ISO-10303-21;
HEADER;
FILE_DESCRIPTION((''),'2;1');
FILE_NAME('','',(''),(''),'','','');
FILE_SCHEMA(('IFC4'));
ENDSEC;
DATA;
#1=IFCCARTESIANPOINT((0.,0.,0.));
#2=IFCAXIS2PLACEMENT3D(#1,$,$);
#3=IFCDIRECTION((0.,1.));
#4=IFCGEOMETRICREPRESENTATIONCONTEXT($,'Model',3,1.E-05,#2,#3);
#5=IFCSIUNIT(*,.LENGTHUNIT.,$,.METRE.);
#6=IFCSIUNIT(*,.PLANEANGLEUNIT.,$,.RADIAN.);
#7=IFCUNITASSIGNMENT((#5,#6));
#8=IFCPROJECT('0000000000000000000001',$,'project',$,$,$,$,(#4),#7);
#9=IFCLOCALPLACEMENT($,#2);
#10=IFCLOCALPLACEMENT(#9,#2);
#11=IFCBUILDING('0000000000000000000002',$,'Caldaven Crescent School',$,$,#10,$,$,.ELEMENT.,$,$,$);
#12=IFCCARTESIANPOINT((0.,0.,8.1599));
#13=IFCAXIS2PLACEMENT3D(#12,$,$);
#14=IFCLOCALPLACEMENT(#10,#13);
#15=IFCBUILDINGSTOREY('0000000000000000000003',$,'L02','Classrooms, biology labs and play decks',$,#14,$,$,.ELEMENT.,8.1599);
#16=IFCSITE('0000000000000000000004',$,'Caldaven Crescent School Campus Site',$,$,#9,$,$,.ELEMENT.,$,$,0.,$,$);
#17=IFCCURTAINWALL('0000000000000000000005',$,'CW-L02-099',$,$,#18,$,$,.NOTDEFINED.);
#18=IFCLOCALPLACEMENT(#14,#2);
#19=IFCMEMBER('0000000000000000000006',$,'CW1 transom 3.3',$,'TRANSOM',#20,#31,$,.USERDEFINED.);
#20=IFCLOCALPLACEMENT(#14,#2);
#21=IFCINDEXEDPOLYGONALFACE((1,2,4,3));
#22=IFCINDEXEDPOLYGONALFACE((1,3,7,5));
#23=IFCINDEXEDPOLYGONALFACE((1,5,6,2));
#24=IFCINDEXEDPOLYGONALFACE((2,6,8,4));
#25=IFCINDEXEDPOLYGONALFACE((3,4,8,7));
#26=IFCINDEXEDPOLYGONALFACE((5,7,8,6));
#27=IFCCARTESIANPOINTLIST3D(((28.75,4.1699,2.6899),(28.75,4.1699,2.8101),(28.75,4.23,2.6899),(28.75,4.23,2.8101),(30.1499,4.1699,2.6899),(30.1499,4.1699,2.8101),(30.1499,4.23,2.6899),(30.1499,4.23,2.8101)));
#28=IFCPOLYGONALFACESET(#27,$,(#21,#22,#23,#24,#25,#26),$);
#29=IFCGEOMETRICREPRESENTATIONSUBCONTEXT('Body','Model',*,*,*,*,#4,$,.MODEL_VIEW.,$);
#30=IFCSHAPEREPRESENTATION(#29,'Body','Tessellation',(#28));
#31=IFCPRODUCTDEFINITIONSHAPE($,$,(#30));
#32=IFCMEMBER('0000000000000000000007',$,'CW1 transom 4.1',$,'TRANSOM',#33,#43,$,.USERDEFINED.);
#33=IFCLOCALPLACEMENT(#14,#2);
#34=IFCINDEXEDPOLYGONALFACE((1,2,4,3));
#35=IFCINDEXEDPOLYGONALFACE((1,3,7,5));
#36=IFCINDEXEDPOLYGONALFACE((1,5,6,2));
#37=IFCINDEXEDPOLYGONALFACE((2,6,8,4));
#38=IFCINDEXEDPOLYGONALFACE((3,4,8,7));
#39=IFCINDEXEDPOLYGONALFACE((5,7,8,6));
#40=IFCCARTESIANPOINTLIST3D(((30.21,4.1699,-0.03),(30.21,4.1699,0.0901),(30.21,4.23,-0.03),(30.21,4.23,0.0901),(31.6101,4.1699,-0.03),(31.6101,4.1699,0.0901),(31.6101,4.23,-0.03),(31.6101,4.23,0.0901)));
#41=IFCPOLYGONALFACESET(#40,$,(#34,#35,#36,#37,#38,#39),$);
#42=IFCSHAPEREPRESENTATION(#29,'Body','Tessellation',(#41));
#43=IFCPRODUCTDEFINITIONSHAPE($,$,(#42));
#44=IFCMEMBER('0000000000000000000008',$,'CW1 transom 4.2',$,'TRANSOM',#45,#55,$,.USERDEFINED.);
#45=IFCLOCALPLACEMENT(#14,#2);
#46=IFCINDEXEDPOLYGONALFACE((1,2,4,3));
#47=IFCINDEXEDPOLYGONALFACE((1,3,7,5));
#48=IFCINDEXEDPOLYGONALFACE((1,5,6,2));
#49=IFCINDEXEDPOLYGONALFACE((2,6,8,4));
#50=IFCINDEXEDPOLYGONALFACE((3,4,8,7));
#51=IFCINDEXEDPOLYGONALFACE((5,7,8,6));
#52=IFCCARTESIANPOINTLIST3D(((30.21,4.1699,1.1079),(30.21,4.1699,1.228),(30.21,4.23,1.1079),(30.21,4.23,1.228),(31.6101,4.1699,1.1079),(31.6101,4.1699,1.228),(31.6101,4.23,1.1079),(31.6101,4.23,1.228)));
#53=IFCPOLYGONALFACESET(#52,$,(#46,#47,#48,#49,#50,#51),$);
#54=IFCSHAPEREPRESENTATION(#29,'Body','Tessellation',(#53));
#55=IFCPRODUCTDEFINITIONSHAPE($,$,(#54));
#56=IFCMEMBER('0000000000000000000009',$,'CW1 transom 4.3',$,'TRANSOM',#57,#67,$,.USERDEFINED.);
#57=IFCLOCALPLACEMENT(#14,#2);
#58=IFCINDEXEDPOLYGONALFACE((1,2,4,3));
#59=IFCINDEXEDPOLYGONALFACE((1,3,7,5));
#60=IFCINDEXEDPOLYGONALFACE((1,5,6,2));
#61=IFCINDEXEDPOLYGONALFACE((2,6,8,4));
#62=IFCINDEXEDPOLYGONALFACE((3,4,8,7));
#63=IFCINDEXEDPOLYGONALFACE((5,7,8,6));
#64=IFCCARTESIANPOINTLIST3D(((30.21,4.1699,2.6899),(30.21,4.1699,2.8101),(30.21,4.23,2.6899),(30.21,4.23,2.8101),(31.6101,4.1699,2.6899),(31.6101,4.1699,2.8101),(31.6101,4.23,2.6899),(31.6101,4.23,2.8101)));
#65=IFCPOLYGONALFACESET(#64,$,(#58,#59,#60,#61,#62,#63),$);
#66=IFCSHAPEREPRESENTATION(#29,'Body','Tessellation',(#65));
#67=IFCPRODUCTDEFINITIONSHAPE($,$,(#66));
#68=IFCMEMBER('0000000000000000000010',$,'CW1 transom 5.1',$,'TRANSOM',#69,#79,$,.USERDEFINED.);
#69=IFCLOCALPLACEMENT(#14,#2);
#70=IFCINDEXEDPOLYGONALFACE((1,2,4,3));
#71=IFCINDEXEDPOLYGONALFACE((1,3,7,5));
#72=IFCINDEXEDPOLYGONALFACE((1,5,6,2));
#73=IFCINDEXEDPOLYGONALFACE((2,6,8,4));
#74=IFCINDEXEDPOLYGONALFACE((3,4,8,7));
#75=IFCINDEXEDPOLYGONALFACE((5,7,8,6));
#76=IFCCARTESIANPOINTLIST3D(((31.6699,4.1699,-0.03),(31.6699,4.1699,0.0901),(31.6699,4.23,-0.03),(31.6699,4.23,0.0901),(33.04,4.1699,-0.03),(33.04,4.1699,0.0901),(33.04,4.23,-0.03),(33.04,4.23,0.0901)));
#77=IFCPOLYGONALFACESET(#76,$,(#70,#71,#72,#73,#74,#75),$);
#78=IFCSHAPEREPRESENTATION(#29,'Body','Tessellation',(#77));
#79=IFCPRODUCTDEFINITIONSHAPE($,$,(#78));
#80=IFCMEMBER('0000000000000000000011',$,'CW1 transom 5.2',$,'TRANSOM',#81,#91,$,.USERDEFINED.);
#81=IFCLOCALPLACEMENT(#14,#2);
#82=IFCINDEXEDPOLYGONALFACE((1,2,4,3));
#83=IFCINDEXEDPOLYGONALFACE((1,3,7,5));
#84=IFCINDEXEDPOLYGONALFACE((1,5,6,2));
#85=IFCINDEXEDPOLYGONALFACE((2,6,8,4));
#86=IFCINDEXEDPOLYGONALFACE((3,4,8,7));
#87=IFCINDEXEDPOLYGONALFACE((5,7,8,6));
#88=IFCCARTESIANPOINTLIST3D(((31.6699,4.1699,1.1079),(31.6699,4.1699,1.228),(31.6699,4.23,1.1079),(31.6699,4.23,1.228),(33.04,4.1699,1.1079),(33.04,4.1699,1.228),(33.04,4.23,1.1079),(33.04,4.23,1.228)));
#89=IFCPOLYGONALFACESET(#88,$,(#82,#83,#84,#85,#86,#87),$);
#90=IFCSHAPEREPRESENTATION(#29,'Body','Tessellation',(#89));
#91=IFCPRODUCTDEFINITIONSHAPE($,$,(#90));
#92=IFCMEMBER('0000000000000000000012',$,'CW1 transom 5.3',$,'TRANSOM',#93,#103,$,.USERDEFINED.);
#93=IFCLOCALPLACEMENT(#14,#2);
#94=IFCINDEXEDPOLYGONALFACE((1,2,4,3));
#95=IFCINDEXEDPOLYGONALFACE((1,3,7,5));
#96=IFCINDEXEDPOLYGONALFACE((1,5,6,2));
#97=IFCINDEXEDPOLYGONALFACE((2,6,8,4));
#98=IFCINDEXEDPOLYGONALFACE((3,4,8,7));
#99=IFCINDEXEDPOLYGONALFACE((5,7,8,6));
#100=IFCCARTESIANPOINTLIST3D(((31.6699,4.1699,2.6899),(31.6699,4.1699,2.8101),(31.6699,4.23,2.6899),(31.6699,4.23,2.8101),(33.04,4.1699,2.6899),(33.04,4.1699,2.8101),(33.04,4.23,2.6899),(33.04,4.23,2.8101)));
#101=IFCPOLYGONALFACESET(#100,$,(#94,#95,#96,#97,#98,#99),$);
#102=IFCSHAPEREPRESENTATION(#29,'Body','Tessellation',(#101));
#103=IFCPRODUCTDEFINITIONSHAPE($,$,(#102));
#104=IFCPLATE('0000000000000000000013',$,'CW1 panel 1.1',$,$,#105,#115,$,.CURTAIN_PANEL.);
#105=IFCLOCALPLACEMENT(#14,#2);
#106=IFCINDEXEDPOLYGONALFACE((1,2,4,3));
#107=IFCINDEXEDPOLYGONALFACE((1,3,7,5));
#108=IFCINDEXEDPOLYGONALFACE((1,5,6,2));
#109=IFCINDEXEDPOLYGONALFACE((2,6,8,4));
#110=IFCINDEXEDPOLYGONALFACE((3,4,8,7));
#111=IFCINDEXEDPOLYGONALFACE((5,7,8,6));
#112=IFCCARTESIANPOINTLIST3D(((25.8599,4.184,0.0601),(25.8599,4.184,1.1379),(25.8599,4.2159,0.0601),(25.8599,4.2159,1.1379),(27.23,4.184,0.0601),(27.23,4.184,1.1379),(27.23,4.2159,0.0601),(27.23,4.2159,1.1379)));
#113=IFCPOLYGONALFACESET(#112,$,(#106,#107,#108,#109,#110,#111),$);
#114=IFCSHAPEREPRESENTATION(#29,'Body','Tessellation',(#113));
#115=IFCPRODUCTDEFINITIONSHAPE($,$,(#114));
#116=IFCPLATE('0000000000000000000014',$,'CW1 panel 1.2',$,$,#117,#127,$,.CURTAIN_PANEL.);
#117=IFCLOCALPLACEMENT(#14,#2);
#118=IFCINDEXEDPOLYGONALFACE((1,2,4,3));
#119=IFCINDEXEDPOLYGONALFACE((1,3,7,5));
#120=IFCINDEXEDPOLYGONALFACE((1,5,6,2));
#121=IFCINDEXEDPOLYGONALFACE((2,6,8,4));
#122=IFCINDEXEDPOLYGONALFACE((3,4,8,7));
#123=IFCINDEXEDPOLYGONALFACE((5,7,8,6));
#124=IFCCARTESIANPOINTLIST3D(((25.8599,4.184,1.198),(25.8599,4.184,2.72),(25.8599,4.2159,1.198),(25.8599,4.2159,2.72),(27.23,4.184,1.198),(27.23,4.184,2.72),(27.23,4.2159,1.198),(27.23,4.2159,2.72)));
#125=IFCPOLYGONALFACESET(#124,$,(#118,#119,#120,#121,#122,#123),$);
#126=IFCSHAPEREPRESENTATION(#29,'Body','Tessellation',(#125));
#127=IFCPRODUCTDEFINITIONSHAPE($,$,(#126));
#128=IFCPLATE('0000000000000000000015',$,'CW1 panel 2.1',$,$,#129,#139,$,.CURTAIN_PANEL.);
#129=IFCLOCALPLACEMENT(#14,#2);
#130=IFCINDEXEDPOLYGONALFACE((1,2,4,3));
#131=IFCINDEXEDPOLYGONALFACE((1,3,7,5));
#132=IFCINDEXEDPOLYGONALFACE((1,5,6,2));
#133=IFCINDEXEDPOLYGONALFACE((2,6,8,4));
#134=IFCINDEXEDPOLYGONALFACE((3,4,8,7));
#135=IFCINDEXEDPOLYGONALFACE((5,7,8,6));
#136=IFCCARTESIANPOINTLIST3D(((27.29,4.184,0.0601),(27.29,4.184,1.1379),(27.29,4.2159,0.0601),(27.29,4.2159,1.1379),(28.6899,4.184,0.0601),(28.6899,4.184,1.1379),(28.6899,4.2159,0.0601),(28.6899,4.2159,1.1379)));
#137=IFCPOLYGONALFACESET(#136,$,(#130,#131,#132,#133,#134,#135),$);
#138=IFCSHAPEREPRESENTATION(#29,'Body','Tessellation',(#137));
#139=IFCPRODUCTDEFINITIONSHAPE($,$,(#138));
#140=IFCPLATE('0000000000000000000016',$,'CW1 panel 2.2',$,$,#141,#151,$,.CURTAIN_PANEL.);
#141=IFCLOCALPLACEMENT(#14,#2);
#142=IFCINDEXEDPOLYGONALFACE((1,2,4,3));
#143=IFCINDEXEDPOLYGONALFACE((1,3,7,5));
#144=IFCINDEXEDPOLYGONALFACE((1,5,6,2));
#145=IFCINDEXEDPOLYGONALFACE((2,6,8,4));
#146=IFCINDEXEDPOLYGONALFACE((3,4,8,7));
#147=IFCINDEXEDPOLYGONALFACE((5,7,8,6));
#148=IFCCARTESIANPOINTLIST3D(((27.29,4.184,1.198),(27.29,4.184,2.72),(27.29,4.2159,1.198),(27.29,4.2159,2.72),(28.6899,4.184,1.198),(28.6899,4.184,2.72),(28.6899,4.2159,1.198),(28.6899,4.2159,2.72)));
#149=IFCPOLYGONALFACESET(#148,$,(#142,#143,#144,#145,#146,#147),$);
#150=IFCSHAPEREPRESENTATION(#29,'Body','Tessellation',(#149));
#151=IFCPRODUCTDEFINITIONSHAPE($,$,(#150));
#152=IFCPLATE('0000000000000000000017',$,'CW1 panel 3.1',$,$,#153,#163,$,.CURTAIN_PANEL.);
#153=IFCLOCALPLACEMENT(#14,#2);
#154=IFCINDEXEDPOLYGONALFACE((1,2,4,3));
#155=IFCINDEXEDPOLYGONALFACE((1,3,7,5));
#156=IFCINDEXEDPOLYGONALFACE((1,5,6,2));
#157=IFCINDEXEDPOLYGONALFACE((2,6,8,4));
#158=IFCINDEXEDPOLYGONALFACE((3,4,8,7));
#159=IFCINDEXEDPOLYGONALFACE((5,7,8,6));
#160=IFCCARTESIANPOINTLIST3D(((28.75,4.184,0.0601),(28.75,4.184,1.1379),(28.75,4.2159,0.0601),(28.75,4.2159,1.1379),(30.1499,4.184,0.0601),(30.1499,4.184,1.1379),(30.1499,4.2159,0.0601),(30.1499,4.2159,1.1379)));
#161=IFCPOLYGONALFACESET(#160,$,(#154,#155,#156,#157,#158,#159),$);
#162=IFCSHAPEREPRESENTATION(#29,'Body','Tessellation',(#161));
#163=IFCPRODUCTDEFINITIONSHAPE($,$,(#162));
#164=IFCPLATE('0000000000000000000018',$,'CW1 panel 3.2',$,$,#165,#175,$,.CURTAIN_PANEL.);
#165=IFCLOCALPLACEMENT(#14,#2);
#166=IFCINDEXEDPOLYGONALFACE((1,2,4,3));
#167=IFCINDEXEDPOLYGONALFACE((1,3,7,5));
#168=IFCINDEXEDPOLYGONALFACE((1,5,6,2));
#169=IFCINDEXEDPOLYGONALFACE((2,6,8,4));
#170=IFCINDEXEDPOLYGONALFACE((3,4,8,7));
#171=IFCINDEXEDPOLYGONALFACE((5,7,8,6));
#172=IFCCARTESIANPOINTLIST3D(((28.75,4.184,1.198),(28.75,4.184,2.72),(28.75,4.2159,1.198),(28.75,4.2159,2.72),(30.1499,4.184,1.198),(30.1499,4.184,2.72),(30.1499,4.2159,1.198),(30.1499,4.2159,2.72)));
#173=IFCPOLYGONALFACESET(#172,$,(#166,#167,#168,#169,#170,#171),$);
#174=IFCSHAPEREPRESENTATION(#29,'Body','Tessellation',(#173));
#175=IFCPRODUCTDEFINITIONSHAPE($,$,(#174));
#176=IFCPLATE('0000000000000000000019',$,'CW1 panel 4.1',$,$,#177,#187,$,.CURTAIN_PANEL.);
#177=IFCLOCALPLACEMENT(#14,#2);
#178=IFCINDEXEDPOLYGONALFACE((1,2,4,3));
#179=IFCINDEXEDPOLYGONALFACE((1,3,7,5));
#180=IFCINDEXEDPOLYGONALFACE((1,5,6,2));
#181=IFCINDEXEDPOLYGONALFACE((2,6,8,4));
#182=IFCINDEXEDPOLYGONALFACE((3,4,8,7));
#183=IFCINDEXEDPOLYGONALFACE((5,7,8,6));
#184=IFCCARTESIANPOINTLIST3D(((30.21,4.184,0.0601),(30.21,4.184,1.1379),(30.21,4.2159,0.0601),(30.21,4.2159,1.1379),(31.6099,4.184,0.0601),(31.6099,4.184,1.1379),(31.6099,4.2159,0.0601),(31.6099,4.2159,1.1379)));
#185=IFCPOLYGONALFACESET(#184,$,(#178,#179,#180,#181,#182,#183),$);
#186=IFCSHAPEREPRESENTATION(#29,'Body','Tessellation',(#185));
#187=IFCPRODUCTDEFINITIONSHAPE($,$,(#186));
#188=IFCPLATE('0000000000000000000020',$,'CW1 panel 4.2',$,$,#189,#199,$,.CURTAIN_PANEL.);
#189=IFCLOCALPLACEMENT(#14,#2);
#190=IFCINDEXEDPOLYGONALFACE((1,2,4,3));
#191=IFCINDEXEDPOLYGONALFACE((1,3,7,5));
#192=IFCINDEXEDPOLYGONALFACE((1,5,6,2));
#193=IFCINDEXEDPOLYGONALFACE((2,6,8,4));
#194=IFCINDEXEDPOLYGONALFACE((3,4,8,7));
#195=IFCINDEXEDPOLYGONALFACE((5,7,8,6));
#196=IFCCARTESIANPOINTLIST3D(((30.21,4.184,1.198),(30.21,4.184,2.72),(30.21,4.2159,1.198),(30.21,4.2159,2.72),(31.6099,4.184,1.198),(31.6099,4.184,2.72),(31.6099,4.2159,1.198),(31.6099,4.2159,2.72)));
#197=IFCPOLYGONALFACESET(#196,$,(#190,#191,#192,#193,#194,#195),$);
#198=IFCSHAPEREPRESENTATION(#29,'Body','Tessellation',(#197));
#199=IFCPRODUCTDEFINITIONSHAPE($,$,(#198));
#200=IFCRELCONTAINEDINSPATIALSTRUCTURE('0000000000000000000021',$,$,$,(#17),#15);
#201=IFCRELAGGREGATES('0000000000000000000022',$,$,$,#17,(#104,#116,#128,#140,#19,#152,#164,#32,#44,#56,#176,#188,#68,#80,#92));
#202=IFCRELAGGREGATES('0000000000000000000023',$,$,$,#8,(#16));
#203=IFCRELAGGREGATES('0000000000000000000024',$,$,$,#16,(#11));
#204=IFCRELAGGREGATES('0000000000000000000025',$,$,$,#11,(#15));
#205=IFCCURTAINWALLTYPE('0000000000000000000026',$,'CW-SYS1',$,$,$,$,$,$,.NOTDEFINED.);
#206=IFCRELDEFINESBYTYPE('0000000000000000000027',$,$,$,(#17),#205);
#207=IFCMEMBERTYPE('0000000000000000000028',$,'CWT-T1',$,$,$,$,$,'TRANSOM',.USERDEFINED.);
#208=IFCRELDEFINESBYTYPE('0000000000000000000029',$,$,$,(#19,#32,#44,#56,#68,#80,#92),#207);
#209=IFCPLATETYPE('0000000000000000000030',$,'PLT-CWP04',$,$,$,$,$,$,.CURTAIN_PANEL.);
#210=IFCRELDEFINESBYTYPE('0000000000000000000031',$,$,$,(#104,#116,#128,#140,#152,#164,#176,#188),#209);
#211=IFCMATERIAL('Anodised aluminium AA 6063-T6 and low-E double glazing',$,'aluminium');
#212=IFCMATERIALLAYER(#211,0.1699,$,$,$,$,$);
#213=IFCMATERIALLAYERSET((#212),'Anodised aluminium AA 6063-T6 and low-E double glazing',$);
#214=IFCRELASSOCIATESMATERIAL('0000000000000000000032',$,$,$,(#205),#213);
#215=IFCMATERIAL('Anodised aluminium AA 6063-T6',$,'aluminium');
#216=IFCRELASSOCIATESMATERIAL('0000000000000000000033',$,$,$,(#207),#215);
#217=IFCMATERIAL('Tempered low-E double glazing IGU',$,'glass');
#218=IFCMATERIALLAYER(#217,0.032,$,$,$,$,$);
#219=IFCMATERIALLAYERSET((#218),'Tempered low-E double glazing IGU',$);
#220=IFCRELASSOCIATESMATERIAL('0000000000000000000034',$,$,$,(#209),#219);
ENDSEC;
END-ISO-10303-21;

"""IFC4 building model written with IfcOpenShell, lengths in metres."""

from ifc_helpers import new_model, si_unit, direction, frame, origin, origin_2d, place, context, subcontext, project, spatial, rectangle, extrude, material, layer, layer_set, material_profile, profile_set, type_object, element, aggregate, save


model = new_model("IFC4")

# Units and contexts
model_context = context("Model", 3, precision=1e-05, world=origin(), true_north=direction((0.0, 1.0)))
body_context = subcontext(model_context, "Body", "Model", "MODEL_VIEW")
ifc_project = project(units=[si_unit("LENGTHUNIT", "METRE"), si_unit("PLANEANGLEUNIT", "RADIAN")], contexts=[model_context])

# Site, building, storey
site_placement = place(None, origin())
site = spatial("IfcSite", under=ifc_project, at=site_placement, Name="Caldaven Crescent School Campus Site", CompositionType="ELEMENT", RefElevation=0.0)
building_placement = place(site_placement, origin())
building = spatial("IfcBuilding", under=site, at=building_placement, Name="Caldaven Crescent School", CompositionType="ELEMENT")
storey_placement = place(building_placement, frame((0.0, 0.0, 8.1599)))
storey = spatial("IfcBuildingStorey", under=building, at=storey_placement, Name="L02", Description="Classrooms, biology labs and play decks", CompositionType="ELEMENT", Elevation=8.1599)

# Curtain wall, members, plates
ifc_material_1 = material(Name="Anodised aluminium AA 6063-T6 and low-E double glazing", Category="aluminium")
ifc_layer_1 = layer(ifc_material_1, 0.1699)
ifc_layer_set_1 = layer_set([ifc_layer_1], Name="Anodised aluminium AA 6063-T6 and low-E double glazing")
curtain_wall_type = type_object("IfcCurtainWallType", Name="CW-SYS1", PredefinedType="NOTDEFINED", material=ifc_layer_set_1)
curtain_wall_placement = place(storey_placement, origin())
curtain_wall = element("IfcCurtainWall", 1, at=curtain_wall_placement, inside=storey, type_object=curtain_wall_type, Name="CW-L02-099", PredefinedType="NOTDEFINED")
ifc_material_2 = material(Name="Anodised aluminium AA 6063-T6", Category="aluminium")
ifc_material_profile_1 = material_profile(ifc_material_2, rectangle(XDim=0.0601, YDim=0.1201, at=origin_2d()), Name="CWT 60x120")
ifc_profile_set_1 = profile_set([ifc_material_profile_1], Name="Anodised aluminium AA 6063-T6")
member_type_1 = type_object("IfcMemberType", Name="CWT-T1", ElementType="TRANSOM", PredefinedType="USERDEFINED", material=ifc_profile_set_1)
member_1_placement = place(storey_placement, frame((28.75, 4.2, 2.75), z_axis=(1.0, 0.0, 0.0), x_axis=(0.0, 1.0, 0.0)))
member_1 = element("IfcMember", 2, at=member_1_placement, type_object=member_type_1, Name="CW1 transom 3.3", ObjectType="TRANSOM", PredefinedType="USERDEFINED", context=body_context, shape_type="SweptSolid", body=[
    extrude(rectangle(XDim=0.0601, YDim=0.1201, at=origin_2d()), origin(), (0.0, 0.0, 1.0), 1.3999),
])
member_2_placement = place(storey_placement, frame((30.21, 4.2, 0.03), z_axis=(1.0, 0.0, 0.0), x_axis=(0.0, 1.0, 0.0)))
member_2 = element("IfcMember", 3, at=member_2_placement, type_object=member_type_1, Name="CW1 transom 4.1", ObjectType="TRANSOM", PredefinedType="USERDEFINED", context=body_context, shape_type="SweptSolid", body=[
    extrude(rectangle(XDim=0.0601, YDim=0.1201, at=origin_2d()), origin(), (0.0, 0.0, 1.0), 1.4001),
])
member_3_placement = place(storey_placement, frame((30.21, 4.2, 1.168), z_axis=(1.0, 0.0, 0.0), x_axis=(0.0, 1.0, 0.0)))
member_3 = element("IfcMember", 4, at=member_3_placement, type_object=member_type_1, Name="CW1 transom 4.2", ObjectType="TRANSOM", PredefinedType="USERDEFINED", context=body_context, shape_type="SweptSolid", body=[
    extrude(rectangle(XDim=0.0601, YDim=0.1201, at=origin_2d()), origin(), (0.0, 0.0, 1.0), 1.4001),
])
member_4_placement = place(storey_placement, frame((30.21, 4.2, 2.75), z_axis=(1.0, 0.0, 0.0), x_axis=(0.0, 1.0, 0.0)))
member_4 = element("IfcMember", 5, at=member_4_placement, type_object=member_type_1, Name="CW1 transom 4.3", ObjectType="TRANSOM", PredefinedType="USERDEFINED", context=body_context, shape_type="SweptSolid", body=[
    extrude(rectangle(XDim=0.0601, YDim=0.1201, at=origin_2d()), origin(), (0.0, 0.0, 1.0), 1.4001),
])
member_5_placement = place(storey_placement, frame((31.6699, 4.2, 0.03), z_axis=(1.0, 0.0, 0.0), x_axis=(0.0, 1.0, 0.0)))
member_5 = element("IfcMember", 6, at=member_5_placement, type_object=member_type_1, Name="CW1 transom 5.1", ObjectType="TRANSOM", PredefinedType="USERDEFINED", context=body_context, shape_type="SweptSolid", body=[
    extrude(rectangle(XDim=0.0601, YDim=0.1201, at=origin_2d()), origin(), (0.0, 0.0, 1.0), 1.3701),
])
member_6_placement = place(storey_placement, frame((31.6699, 4.2, 1.168), z_axis=(1.0, 0.0, 0.0), x_axis=(0.0, 1.0, 0.0)))
member_6 = element("IfcMember", 7, at=member_6_placement, type_object=member_type_1, Name="CW1 transom 5.2", ObjectType="TRANSOM", PredefinedType="USERDEFINED", context=body_context, shape_type="SweptSolid", body=[
    extrude(rectangle(XDim=0.0601, YDim=0.1201, at=origin_2d()), origin(), (0.0, 0.0, 1.0), 1.3701),
])
member_7_placement = place(storey_placement, frame((31.6699, 4.2, 2.75), z_axis=(1.0, 0.0, 0.0), x_axis=(0.0, 1.0, 0.0)))
member_7 = element("IfcMember", 8, at=member_7_placement, type_object=member_type_1, Name="CW1 transom 5.3", ObjectType="TRANSOM", PredefinedType="USERDEFINED", context=body_context, shape_type="SweptSolid", body=[
    extrude(rectangle(XDim=0.0601, YDim=0.1201, at=origin_2d()), origin(), (0.0, 0.0, 1.0), 1.3701),
])
ifc_material_3 = material(Name="Tempered low-E double glazing IGU", Category="glass")
ifc_layer_2 = layer(ifc_material_3, 0.032)
ifc_layer_set_2 = layer_set([ifc_layer_2], Name="Tempered low-E double glazing IGU")
plate_type = type_object("IfcPlateType", Name="PLT-CWP04", PredefinedType="CURTAIN_PANEL", material=ifc_layer_set_2)
plate_1_placement = place(storey_placement, frame((26.5449, 4.2, 0.0601), z_axis=(0.0, 0.0, 1.0), x_axis=(1.0, 0.0, 0.0)))
plate_1 = element("IfcPlate", 9, at=plate_1_placement, type_object=plate_type, Name="CW1 panel 1.1", PredefinedType="CURTAIN_PANEL", context=body_context, shape_type="SweptSolid", body=[
    extrude(rectangle(XDim=1.3701, YDim=0.032, at=origin_2d()), origin(), (0.0, 0.0, 1.0), 1.0779),
])
plate_2_placement = place(storey_placement, frame((26.5449, 4.2, 1.198), z_axis=(0.0, 0.0, 1.0), x_axis=(1.0, 0.0, 0.0)))
plate_2 = element("IfcPlate", 10, at=plate_2_placement, type_object=plate_type, Name="CW1 panel 1.2", PredefinedType="CURTAIN_PANEL", context=body_context, shape_type="SweptSolid", body=[
    extrude(rectangle(XDim=1.3701, YDim=0.032, at=origin_2d()), origin(), (0.0, 0.0, 1.0), 1.522),
])
plate_3_placement = place(storey_placement, frame((27.99, 4.2, 0.0601), z_axis=(0.0, 0.0, 1.0), x_axis=(1.0, 0.0, 0.0)))
plate_3 = element("IfcPlate", 11, at=plate_3_placement, type_object=plate_type, Name="CW1 panel 2.1", PredefinedType="CURTAIN_PANEL", context=body_context, shape_type="SweptSolid", body=[
    extrude(rectangle(XDim=1.3999, YDim=0.032, at=origin_2d()), origin(), (0.0, 0.0, 1.0), 1.0779),
])
plate_4_placement = place(storey_placement, frame((27.99, 4.2, 1.198), z_axis=(0.0, 0.0, 1.0), x_axis=(1.0, 0.0, 0.0)))
plate_4 = element("IfcPlate", 12, at=plate_4_placement, type_object=plate_type, Name="CW1 panel 2.2", PredefinedType="CURTAIN_PANEL", context=body_context, shape_type="SweptSolid", body=[
    extrude(rectangle(XDim=1.3999, YDim=0.032, at=origin_2d()), origin(), (0.0, 0.0, 1.0), 1.522),
])
plate_5_placement = place(storey_placement, frame((29.45, 4.2, 0.0601), z_axis=(0.0, 0.0, 1.0), x_axis=(1.0, 0.0, 0.0)))
plate_5 = element("IfcPlate", 13, at=plate_5_placement, type_object=plate_type, Name="CW1 panel 3.1", PredefinedType="CURTAIN_PANEL", context=body_context, shape_type="SweptSolid", body=[
    extrude(rectangle(XDim=1.3999, YDim=0.032, at=origin_2d()), origin(), (0.0, 0.0, 1.0), 1.0779),
])
plate_6_placement = place(storey_placement, frame((29.45, 4.2, 1.198), z_axis=(0.0, 0.0, 1.0), x_axis=(1.0, 0.0, 0.0)))
plate_6 = element("IfcPlate", 14, at=plate_6_placement, type_object=plate_type, Name="CW1 panel 3.2", PredefinedType="CURTAIN_PANEL", context=body_context, shape_type="SweptSolid", body=[
    extrude(rectangle(XDim=1.3999, YDim=0.032, at=origin_2d()), origin(), (0.0, 0.0, 1.0), 1.522),
])
plate_7_placement = place(storey_placement, frame((30.9099, 4.2, 0.0601), z_axis=(0.0, 0.0, 1.0), x_axis=(1.0, 0.0, 0.0)))
plate_7 = element("IfcPlate", 15, at=plate_7_placement, type_object=plate_type, Name="CW1 panel 4.1", PredefinedType="CURTAIN_PANEL", context=body_context, shape_type="SweptSolid", body=[
    extrude(rectangle(XDim=1.3999, YDim=0.032, at=origin_2d()), origin(), (0.0, 0.0, 1.0), 1.0779),
])
plate_8_placement = place(storey_placement, frame((30.9099, 4.2, 1.198), z_axis=(0.0, 0.0, 1.0), x_axis=(1.0, 0.0, 0.0)))
plate_8 = element("IfcPlate", 16, at=plate_8_placement, type_object=plate_type, Name="CW1 panel 4.2", PredefinedType="CURTAIN_PANEL", context=body_context, shape_type="SweptSolid", body=[
    extrude(rectangle(XDim=1.3999, YDim=0.032, at=origin_2d()), origin(), (0.0, 0.0, 1.0), 1.522),
])
aggregate(curtain_wall, [plate_1, plate_2, plate_3, plate_4, member_1, plate_5, plate_6, member_2, member_3, member_4, plate_7, plate_8, member_5, member_6, member_7])

save(model, "model.ifc")
